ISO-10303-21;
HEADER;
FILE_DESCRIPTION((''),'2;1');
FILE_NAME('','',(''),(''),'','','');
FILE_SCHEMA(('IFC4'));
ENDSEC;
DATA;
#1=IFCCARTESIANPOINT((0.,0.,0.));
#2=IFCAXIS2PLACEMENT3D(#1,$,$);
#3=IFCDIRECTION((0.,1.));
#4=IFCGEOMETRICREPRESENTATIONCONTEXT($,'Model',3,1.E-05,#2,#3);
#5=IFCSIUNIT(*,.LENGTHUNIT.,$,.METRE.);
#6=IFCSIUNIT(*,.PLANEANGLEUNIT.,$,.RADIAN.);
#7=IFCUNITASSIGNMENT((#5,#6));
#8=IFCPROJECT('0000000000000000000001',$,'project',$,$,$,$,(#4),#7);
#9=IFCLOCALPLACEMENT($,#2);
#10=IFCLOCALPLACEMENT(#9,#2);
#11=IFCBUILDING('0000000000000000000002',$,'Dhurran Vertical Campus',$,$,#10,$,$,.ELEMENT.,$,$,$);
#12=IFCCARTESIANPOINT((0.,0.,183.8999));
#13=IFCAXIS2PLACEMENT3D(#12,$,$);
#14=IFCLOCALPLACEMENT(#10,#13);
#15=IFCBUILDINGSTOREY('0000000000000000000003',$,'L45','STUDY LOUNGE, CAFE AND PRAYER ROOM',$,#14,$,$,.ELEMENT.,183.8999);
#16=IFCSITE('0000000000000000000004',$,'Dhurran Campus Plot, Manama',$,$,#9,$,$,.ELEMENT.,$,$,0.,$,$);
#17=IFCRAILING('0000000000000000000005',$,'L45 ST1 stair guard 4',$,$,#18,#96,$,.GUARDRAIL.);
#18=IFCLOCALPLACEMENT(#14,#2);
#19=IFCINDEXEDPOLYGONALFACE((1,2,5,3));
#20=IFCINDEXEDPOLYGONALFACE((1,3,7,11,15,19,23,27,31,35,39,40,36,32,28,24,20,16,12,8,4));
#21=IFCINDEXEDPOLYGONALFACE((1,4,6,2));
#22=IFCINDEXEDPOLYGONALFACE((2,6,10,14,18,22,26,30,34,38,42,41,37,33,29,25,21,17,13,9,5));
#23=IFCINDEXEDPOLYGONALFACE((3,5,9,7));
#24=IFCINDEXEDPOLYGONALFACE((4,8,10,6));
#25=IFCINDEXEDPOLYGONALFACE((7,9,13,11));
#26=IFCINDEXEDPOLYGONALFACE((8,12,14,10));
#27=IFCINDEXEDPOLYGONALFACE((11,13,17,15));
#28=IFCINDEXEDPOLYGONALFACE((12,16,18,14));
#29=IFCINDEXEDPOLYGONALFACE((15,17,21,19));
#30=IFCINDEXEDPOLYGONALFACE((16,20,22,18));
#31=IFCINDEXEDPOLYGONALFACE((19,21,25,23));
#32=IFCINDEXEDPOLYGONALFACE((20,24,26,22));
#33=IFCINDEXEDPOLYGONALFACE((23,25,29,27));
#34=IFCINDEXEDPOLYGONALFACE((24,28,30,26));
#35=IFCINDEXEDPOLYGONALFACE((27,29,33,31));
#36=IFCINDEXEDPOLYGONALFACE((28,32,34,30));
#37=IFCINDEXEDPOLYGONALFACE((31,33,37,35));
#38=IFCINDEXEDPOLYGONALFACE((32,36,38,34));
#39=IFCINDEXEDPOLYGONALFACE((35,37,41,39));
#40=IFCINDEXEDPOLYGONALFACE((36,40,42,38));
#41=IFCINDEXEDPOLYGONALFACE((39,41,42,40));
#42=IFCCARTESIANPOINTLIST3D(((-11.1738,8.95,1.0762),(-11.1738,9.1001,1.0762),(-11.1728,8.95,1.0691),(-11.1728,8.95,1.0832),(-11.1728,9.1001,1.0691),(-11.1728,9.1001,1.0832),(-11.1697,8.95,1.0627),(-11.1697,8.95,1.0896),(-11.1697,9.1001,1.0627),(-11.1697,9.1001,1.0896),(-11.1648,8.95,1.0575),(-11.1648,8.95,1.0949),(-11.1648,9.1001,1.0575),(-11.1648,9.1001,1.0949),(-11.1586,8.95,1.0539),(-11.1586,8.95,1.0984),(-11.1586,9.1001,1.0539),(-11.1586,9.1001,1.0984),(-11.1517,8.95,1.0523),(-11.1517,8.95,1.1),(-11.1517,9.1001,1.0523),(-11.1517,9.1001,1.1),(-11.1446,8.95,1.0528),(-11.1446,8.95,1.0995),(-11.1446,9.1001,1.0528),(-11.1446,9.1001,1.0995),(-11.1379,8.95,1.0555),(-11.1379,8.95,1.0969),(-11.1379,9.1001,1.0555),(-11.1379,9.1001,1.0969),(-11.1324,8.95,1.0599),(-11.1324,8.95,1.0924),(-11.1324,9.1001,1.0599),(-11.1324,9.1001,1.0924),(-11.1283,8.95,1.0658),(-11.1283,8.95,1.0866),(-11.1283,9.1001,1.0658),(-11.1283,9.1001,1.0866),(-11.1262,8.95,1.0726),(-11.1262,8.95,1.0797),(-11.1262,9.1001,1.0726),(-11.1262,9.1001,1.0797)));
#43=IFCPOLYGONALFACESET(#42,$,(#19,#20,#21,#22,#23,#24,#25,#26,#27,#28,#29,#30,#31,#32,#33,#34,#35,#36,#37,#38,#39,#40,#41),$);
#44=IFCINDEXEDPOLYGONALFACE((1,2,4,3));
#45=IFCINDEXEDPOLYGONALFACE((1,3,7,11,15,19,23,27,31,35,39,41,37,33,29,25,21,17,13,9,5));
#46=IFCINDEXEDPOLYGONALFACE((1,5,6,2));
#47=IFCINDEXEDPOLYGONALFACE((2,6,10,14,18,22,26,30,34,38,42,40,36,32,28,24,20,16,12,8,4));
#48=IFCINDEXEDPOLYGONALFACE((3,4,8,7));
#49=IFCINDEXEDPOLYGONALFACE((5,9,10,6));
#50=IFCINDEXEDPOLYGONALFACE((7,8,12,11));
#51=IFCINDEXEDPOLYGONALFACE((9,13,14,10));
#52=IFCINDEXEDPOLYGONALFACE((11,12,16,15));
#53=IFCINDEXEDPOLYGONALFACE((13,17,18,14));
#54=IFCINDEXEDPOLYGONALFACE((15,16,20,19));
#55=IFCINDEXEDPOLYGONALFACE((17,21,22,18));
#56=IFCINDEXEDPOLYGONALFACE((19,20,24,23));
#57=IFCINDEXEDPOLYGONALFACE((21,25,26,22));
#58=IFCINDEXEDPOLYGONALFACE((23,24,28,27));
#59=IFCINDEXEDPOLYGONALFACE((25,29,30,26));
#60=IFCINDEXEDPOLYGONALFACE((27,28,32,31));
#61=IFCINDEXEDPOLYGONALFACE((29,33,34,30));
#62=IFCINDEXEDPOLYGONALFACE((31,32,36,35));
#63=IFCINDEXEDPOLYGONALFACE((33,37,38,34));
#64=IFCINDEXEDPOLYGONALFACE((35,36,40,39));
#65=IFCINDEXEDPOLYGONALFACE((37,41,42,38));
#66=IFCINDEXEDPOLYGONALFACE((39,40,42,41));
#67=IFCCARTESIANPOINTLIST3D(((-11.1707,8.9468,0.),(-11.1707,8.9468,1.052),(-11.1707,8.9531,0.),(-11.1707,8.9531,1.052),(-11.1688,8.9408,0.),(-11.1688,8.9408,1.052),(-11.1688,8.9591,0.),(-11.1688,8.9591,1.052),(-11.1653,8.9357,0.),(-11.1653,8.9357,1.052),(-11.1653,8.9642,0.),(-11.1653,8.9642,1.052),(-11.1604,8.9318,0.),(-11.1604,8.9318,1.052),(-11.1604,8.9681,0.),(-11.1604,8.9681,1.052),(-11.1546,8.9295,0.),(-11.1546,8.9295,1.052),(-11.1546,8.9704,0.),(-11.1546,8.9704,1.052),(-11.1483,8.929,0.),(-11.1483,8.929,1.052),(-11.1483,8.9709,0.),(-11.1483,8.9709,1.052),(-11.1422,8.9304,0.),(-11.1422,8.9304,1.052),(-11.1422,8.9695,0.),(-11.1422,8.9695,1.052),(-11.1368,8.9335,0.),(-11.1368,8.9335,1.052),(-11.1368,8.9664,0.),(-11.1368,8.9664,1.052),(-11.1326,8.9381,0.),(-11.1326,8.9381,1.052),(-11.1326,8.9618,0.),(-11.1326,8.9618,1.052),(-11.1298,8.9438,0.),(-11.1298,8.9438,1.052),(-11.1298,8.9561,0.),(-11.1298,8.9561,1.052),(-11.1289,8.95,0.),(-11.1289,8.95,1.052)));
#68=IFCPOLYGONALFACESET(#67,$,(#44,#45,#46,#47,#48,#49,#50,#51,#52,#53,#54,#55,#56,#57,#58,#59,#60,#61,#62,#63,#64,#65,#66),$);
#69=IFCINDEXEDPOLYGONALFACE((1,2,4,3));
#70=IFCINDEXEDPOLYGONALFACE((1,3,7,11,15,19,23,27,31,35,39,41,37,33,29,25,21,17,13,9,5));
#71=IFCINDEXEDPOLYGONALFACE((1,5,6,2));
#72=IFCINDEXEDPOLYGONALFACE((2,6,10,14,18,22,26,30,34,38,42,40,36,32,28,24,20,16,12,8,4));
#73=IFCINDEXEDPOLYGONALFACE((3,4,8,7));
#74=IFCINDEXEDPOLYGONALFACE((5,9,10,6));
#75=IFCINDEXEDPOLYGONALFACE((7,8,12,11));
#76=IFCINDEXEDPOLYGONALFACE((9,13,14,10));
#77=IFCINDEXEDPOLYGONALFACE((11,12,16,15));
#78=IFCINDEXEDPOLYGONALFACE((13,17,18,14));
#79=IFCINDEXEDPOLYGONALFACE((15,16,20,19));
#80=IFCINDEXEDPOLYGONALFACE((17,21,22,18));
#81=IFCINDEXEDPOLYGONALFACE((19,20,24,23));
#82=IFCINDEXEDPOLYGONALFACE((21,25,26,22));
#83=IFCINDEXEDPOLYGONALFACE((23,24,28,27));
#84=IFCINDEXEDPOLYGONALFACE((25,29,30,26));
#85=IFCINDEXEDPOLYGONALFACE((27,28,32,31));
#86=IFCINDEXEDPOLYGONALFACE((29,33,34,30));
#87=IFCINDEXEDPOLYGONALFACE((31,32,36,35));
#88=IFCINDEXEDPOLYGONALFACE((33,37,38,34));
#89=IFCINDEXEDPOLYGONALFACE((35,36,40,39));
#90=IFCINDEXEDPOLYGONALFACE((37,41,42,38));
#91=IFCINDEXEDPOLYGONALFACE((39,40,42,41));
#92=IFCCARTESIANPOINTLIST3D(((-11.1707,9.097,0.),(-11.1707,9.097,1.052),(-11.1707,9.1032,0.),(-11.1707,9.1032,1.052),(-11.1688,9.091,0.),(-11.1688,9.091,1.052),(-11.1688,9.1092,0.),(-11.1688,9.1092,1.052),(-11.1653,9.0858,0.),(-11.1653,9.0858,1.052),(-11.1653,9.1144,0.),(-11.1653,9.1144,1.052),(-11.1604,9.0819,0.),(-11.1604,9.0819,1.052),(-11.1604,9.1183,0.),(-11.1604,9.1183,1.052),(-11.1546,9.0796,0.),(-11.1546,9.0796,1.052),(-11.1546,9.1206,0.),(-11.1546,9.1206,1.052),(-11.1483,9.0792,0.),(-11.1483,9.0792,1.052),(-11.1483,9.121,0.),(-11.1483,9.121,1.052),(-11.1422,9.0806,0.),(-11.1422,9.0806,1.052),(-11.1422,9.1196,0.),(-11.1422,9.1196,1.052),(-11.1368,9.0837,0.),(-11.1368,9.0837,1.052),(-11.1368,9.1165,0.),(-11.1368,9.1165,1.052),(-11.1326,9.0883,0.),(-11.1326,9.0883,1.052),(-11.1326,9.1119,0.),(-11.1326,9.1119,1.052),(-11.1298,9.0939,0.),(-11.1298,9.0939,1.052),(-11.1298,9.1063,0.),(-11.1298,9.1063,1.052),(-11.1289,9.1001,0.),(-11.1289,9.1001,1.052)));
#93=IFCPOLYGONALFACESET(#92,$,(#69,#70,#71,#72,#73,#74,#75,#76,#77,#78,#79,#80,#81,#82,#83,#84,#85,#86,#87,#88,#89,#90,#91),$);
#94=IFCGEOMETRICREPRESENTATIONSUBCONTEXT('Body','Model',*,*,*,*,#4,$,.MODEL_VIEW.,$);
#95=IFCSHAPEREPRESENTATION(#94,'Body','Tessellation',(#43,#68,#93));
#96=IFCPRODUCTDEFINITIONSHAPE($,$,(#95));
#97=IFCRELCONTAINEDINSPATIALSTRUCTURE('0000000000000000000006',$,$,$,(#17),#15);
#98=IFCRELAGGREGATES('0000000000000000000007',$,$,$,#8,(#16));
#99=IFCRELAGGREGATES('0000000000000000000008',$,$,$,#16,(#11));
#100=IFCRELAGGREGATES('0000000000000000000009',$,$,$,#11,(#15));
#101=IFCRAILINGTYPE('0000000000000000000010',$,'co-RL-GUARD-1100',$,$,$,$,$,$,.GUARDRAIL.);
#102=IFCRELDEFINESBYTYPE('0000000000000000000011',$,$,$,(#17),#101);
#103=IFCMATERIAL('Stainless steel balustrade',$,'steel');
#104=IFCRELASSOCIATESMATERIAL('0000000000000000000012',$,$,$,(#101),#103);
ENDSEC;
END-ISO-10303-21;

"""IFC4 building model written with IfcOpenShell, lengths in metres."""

from ifc_helpers import new_model, si_unit, direction, frame, origin, origin_2d, place, context, subcontext, project, spatial, circle, extrude, material, type_object, element, save


model = new_model("IFC4")

# Units and contexts
model_context = context("Model", 3, precision=1e-05, world=origin(), true_north=direction((0.0, 1.0)))
body_context = subcontext(model_context, "Body", "Model", "MODEL_VIEW")
ifc_project = project(units=[si_unit("LENGTHUNIT", "METRE"), si_unit("PLANEANGLEUNIT", "RADIAN")], contexts=[model_context])

# Site, building, storey
site_placement = place(None, origin())
site = spatial("IfcSite", under=ifc_project, at=site_placement, Name="Dhurran Campus Plot, Manama", CompositionType="ELEMENT", RefElevation=0.0)
building_placement = place(site_placement, origin())
building = spatial("IfcBuilding", under=site, at=building_placement, Name="Dhurran Vertical Campus", CompositionType="ELEMENT")
storey_placement = place(building_placement, frame((0.0, 0.0, 183.8999)))
storey = spatial("IfcBuildingStorey", under=building, at=storey_placement, Name="L45", Description="STUDY LOUNGE, CAFE AND PRAYER ROOM", CompositionType="ELEMENT", Elevation=183.8999)

# Railing
ifc_material_1 = material(Name="Stainless steel balustrade", Category="steel")
railing_type_1 = type_object("IfcRailingType", Name="co-RL-GUARD-1100", PredefinedType="GUARDRAIL", material=ifc_material_1)
railing_1_placement = place(storey_placement, frame((-11.1499, 8.95, 0.0)))
element("IfcRailing", 1, at=railing_1_placement, inside=storey, type_object=railing_type_1, Name="L45 ST1 stair guard 4", PredefinedType="GUARDRAIL", context=body_context, shape_type="SweptSolid", body=[
    extrude(circle(Radius=0.0239, at=origin_2d()), frame((0.0, 0.0, 1.0762), z_axis=(0.0, 1.0, 0.0), x_axis=(-1.0, 0.0, 0.0)), (0.0, 0.0, 1.0), 0.1501),
    extrude(circle(Radius=0.021, at=origin_2d()), origin(), (0.0, 0.0, 1.0), 1.052),
    extrude(circle(Radius=0.021, at=origin_2d()), frame((0.0, 0.1501, 0.0)), (0.0, 0.0, 1.0), 1.052),
])

save(model, "model.ifc")
